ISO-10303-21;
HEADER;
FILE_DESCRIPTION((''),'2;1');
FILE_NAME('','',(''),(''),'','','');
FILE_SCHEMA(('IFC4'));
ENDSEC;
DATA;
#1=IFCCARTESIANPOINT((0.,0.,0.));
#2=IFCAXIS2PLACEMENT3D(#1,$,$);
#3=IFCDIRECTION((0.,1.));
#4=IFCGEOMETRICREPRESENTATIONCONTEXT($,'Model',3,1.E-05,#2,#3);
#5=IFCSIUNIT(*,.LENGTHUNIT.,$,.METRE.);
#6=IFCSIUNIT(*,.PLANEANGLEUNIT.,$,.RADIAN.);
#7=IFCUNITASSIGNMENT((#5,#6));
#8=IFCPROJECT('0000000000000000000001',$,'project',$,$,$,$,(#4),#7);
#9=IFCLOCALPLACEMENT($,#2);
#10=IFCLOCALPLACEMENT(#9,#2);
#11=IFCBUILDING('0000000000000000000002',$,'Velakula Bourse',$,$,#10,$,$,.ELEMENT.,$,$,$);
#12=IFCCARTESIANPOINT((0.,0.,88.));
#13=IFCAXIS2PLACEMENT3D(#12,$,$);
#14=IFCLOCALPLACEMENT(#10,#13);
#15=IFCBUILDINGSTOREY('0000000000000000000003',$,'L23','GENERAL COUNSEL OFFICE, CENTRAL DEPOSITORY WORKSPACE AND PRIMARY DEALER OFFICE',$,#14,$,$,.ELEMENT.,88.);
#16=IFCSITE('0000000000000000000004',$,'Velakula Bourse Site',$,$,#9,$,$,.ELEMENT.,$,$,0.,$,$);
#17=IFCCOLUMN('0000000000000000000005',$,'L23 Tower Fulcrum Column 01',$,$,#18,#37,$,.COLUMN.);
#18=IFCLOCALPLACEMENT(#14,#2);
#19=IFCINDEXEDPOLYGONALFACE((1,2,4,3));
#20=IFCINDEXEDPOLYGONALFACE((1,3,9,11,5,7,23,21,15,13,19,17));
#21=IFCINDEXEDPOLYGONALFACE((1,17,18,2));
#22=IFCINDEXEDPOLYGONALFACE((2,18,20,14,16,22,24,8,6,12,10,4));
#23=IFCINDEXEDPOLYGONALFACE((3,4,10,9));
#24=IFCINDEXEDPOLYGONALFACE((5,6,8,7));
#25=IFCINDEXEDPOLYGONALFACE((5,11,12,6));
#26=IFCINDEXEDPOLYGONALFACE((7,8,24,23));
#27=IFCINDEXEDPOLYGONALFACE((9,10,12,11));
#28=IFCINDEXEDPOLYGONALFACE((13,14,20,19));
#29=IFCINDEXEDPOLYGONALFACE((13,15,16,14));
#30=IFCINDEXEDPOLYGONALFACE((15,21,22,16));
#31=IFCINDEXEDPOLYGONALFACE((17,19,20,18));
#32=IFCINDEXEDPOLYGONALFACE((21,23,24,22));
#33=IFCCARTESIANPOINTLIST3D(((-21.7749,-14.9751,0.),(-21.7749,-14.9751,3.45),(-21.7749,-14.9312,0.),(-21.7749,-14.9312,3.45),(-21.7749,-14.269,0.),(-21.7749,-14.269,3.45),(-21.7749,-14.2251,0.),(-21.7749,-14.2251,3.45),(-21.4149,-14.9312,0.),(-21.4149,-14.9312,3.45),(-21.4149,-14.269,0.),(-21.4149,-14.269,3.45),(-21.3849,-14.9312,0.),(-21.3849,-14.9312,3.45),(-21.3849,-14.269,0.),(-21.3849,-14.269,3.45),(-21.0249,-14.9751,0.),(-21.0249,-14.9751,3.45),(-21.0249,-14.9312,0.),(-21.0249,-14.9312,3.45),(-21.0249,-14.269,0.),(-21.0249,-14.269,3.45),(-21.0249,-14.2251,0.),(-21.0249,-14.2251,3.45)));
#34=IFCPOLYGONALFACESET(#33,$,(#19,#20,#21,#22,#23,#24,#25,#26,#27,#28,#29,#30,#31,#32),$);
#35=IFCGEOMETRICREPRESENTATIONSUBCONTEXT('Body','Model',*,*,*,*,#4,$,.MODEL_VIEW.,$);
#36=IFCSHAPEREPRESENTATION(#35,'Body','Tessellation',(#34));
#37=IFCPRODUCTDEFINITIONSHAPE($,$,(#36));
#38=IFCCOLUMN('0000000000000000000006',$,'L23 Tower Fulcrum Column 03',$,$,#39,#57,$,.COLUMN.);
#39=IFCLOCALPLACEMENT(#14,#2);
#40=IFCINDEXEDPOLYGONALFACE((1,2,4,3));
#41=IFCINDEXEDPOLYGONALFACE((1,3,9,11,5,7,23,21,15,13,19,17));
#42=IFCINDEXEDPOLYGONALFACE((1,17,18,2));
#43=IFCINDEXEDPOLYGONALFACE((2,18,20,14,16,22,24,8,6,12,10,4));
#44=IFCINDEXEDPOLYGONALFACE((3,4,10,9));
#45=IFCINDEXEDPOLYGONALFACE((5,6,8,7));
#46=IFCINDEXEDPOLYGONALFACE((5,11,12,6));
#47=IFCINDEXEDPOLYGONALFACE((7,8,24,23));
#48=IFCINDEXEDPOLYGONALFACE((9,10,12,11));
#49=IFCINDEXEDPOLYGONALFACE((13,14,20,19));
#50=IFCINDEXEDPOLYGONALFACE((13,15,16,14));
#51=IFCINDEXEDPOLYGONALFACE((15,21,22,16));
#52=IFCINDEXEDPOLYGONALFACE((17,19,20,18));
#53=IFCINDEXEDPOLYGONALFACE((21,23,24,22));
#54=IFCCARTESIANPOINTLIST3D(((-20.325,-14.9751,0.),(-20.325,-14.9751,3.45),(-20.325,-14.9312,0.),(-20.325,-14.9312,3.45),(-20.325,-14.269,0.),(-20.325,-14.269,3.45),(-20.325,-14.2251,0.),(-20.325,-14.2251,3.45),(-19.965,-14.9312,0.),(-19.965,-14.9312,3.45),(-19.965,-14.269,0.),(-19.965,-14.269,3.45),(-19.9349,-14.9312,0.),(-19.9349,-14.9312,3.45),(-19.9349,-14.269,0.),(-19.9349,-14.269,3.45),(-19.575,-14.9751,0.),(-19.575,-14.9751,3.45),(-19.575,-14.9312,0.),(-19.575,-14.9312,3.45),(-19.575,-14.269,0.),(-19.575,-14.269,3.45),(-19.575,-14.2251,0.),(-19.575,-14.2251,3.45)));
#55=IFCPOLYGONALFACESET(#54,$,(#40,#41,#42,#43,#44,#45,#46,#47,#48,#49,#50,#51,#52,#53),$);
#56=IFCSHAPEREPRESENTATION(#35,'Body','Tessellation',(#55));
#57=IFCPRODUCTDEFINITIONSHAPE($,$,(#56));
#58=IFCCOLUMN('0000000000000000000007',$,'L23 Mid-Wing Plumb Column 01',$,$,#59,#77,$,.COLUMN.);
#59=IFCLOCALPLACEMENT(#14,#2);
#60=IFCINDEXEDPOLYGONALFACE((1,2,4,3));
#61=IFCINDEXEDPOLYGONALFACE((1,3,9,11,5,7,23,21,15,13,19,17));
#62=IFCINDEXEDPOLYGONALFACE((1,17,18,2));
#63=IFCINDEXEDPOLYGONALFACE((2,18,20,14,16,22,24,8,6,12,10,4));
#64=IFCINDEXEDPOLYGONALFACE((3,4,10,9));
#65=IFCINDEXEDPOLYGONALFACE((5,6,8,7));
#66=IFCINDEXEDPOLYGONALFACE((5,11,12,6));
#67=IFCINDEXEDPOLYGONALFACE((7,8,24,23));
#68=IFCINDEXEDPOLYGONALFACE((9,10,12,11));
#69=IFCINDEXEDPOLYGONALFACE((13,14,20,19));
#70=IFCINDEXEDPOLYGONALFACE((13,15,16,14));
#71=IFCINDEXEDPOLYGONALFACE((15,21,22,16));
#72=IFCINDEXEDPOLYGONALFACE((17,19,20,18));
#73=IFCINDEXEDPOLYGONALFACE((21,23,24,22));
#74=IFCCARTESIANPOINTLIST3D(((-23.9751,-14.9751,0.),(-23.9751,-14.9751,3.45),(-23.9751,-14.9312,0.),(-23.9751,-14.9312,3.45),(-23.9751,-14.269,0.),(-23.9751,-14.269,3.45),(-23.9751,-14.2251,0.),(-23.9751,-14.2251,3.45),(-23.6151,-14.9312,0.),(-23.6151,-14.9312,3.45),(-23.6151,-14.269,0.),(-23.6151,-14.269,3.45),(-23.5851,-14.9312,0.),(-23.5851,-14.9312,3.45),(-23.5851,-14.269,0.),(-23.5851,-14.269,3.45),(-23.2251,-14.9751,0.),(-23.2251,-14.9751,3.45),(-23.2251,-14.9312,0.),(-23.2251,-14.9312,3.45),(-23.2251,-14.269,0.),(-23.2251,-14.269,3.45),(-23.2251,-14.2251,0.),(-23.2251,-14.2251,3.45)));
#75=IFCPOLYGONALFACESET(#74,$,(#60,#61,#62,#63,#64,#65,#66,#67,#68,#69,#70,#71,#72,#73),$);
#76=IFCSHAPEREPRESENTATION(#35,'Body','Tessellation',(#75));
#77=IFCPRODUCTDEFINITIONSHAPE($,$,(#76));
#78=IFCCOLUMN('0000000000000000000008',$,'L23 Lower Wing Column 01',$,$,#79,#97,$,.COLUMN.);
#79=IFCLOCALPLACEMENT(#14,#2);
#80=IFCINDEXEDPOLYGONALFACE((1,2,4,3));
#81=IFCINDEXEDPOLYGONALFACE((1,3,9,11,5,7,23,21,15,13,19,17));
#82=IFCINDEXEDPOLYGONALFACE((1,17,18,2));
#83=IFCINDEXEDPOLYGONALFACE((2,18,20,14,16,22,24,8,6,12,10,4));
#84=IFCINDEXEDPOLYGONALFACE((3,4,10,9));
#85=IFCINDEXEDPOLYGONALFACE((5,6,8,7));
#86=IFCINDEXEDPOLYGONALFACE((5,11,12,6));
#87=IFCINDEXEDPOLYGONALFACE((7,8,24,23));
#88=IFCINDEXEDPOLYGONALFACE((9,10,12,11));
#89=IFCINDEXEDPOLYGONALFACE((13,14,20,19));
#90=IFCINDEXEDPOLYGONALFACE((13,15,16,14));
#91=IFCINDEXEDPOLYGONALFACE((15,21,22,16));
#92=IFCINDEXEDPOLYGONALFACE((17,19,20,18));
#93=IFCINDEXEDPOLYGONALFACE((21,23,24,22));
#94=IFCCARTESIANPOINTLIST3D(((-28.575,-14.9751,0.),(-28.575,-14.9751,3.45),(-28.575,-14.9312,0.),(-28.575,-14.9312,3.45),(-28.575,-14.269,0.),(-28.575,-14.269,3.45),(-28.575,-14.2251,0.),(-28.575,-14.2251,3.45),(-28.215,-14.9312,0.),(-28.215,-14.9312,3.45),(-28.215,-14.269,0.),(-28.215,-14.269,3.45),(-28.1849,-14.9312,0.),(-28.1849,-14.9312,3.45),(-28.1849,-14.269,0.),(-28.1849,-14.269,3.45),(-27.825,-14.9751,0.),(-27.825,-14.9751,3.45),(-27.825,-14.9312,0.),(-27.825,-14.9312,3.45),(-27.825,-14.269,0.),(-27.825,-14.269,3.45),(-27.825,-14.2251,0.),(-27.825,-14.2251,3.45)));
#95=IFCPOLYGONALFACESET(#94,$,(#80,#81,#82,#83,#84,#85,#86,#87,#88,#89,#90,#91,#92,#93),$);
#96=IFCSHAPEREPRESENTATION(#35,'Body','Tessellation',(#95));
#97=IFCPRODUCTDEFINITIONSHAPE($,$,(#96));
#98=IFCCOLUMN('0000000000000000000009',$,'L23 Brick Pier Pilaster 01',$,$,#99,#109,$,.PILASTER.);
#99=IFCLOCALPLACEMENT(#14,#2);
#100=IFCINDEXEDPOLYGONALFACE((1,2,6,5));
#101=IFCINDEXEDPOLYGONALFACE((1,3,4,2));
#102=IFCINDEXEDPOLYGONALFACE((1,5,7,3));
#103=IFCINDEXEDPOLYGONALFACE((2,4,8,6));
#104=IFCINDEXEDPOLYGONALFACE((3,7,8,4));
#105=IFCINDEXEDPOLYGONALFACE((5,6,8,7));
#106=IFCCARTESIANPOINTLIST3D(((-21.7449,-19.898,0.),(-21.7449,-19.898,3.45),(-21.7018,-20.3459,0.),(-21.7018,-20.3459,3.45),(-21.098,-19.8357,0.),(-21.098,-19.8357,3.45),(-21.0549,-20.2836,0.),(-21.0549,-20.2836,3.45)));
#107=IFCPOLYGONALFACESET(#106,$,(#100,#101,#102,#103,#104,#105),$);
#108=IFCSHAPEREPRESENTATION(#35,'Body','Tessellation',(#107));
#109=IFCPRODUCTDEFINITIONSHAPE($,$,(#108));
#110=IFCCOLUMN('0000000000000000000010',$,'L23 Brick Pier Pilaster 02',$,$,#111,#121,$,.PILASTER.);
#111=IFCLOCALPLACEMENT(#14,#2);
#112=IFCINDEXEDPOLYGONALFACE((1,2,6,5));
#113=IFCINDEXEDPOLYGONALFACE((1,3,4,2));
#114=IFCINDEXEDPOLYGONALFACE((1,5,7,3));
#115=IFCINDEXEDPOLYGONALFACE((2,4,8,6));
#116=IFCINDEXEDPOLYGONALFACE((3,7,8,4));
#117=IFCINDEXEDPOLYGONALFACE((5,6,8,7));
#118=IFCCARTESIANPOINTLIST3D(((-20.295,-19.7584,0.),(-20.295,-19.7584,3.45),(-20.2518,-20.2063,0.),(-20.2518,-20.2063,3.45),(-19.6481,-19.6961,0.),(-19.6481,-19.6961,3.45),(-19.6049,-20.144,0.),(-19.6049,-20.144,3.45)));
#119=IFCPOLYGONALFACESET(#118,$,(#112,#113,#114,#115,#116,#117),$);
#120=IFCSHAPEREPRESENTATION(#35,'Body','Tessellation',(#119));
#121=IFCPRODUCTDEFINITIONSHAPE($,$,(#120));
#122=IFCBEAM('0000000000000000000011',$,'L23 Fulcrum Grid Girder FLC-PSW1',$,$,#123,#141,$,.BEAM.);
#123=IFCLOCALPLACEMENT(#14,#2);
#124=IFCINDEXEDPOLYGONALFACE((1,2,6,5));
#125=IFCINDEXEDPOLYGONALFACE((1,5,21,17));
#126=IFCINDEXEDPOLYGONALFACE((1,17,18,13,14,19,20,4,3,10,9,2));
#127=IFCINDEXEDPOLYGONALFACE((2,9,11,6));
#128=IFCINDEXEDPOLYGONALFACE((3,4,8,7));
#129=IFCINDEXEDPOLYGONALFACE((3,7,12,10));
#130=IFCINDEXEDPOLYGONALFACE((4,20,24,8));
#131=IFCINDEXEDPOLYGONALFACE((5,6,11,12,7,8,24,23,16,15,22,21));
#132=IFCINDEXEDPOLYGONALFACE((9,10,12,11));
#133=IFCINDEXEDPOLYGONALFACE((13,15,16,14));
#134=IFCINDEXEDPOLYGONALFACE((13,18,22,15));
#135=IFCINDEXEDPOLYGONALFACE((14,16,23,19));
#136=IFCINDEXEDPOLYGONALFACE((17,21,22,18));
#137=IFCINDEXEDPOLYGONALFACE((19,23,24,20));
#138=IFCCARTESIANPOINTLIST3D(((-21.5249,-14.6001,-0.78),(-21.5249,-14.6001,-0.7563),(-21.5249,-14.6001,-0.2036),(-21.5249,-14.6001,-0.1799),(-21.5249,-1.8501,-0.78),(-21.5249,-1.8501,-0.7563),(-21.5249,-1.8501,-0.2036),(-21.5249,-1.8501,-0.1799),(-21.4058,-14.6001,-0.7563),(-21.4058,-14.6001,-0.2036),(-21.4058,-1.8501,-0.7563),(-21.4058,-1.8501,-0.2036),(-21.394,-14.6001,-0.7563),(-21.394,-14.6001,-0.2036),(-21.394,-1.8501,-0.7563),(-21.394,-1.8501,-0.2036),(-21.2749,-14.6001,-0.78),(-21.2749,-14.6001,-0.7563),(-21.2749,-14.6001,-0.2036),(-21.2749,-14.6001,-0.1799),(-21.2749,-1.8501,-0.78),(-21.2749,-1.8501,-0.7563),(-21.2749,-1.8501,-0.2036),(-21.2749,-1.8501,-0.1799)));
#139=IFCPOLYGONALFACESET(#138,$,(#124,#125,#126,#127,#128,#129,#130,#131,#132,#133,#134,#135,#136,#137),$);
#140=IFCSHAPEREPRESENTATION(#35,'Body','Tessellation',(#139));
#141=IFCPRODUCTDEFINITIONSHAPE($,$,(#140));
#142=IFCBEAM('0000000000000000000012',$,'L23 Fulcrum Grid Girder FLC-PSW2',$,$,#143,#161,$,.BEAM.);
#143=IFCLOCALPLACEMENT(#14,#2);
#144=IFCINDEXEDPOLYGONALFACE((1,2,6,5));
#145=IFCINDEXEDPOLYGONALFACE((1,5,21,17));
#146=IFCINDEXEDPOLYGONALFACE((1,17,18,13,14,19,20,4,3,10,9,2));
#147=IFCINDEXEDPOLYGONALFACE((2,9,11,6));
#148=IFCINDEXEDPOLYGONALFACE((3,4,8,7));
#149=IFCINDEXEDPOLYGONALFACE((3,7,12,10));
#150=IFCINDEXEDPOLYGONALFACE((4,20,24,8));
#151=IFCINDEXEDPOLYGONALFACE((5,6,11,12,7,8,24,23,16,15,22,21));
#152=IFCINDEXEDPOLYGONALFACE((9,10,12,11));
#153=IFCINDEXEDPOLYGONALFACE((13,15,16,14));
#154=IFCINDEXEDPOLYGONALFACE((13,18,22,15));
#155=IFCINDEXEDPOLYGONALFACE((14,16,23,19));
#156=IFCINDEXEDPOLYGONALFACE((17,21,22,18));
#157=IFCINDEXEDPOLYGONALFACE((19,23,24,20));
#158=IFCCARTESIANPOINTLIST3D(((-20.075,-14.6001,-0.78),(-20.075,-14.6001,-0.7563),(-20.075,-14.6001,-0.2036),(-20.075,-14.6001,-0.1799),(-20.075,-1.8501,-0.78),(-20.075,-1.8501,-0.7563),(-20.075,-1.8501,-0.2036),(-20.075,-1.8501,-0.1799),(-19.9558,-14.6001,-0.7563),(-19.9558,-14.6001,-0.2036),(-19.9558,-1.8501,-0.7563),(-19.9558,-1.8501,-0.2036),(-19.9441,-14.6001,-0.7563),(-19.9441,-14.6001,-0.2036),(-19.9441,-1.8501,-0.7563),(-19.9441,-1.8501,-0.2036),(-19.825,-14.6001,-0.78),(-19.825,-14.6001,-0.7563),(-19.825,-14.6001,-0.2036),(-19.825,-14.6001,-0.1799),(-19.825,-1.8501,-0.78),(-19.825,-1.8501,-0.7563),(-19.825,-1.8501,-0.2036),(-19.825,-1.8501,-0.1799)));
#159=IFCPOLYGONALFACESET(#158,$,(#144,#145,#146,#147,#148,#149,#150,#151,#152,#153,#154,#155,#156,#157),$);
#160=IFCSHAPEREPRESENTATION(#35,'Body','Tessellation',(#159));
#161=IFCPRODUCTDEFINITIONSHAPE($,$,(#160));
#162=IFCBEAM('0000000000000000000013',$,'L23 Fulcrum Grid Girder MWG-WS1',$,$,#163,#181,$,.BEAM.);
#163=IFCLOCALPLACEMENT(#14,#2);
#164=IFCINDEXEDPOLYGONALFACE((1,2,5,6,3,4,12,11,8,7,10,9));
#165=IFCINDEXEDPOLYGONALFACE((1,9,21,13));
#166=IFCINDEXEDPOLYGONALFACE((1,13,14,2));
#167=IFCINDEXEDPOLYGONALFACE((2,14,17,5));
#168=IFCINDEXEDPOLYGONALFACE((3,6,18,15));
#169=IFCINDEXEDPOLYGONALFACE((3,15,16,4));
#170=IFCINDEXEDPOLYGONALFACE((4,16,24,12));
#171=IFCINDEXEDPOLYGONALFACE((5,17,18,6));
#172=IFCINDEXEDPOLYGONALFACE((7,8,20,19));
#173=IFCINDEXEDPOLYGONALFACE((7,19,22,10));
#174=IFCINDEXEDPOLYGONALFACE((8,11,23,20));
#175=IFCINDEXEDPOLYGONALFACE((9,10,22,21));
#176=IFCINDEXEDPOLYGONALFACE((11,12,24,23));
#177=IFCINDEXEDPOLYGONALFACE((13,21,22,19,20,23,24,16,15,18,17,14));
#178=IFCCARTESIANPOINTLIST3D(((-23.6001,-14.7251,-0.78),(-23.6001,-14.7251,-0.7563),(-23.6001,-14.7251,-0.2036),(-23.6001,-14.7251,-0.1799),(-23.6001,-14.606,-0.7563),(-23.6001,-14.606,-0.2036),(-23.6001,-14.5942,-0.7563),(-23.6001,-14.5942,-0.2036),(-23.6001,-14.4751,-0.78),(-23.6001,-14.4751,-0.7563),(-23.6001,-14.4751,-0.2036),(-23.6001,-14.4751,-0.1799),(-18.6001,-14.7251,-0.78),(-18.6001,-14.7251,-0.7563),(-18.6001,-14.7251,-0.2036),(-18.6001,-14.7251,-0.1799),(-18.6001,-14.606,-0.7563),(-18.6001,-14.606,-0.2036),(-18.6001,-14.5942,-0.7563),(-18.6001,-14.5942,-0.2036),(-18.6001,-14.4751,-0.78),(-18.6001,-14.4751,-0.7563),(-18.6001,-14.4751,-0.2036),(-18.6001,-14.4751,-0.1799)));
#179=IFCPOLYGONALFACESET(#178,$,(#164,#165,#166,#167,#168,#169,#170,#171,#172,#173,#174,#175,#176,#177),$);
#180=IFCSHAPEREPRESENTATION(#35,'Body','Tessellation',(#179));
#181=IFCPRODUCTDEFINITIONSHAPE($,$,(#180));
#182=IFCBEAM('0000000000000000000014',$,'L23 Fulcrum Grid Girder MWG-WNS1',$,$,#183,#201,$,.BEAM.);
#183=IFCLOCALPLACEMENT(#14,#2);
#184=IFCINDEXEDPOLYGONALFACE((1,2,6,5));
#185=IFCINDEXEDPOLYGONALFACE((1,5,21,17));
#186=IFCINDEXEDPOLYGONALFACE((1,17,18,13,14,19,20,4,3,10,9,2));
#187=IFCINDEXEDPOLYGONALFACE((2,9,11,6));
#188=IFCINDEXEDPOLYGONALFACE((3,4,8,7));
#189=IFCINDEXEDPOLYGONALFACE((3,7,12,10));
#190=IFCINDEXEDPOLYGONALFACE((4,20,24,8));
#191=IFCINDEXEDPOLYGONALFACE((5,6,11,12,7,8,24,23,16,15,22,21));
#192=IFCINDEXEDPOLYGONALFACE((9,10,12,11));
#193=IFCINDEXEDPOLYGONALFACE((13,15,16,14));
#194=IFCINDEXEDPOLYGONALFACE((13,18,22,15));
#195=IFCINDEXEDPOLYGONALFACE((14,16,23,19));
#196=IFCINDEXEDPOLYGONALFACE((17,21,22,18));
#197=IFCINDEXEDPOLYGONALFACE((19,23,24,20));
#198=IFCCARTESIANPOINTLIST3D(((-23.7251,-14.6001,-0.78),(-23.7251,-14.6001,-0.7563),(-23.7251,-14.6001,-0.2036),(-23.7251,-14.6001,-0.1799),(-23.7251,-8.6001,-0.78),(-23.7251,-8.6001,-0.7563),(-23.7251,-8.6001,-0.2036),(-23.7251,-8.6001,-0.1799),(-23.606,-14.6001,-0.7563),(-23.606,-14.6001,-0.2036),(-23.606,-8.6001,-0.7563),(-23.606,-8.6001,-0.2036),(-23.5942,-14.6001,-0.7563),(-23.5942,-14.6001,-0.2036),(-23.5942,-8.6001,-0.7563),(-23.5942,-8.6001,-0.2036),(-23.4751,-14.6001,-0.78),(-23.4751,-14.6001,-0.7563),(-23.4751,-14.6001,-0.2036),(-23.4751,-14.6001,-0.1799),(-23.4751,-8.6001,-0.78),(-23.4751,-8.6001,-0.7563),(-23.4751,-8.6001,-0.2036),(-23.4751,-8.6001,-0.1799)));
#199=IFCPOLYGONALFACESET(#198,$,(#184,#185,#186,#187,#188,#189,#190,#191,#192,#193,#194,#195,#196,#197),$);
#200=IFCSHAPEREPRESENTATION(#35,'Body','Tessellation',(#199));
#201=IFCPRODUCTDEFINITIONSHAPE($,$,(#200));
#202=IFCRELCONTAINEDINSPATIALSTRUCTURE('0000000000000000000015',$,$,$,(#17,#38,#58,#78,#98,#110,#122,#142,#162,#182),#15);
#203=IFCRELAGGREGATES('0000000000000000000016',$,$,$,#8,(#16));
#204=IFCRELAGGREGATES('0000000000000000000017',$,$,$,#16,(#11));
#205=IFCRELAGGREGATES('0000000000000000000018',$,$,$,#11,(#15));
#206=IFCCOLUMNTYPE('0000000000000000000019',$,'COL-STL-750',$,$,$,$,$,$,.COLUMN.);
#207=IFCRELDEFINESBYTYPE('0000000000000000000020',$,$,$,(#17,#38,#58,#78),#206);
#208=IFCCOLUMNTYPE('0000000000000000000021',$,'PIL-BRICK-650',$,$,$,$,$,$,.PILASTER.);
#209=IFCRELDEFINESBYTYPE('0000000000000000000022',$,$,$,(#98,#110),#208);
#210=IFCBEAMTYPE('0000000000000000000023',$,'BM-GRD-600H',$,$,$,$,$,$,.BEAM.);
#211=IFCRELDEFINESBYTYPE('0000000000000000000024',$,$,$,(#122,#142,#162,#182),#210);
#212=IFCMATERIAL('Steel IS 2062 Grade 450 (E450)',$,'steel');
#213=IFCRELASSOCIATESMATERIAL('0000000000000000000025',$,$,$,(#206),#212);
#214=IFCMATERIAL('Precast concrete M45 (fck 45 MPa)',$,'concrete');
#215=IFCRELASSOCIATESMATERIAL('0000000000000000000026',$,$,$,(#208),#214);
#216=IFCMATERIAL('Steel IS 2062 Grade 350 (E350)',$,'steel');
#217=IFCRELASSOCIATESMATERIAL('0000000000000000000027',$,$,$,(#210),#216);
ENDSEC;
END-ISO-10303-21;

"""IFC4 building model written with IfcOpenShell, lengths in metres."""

from ifc_helpers import new_model, si_unit, direction, frame, origin, origin_2d, place, context, subcontext, project, spatial, rectangle, i_section, extrude, material, material_profile, profile_set, type_object, element, save


model = new_model("IFC4")

# Units and contexts
model_context = context("Model", 3, precision=1e-05, world=origin(), true_north=direction((0.0, 1.0)))
body_context = subcontext(model_context, "Body", "Model", "MODEL_VIEW")
ifc_project = project(units=[si_unit("LENGTHUNIT", "METRE"), si_unit("PLANEANGLEUNIT", "RADIAN")], contexts=[model_context])

# Site, building, storey
site_placement = place(None, origin())
site = spatial("IfcSite", under=ifc_project, at=site_placement, Name="Velakula Bourse Site", CompositionType="ELEMENT", RefElevation=0.0)
building_placement = place(site_placement, origin())
building = spatial("IfcBuilding", under=site, at=building_placement, Name="Velakula Bourse", CompositionType="ELEMENT")
storey_placement = place(building_placement, frame((0.0, 0.0, 88.0)))
storey = spatial("IfcBuildingStorey", under=building, at=storey_placement, Name="L23", Description="GENERAL COUNSEL OFFICE, CENTRAL DEPOSITORY WORKSPACE AND PRIMARY DEALER OFFICE", CompositionType="ELEMENT", Elevation=88.0)

# Columns
ifc_material_1 = material(Name="Steel IS 2062 Grade 450 (E450)", Category="steel")
ifc_material_profile_1 = material_profile(ifc_material_1, i_section(OverallWidth=0.75, OverallDepth=0.75, WebThickness=0.03, FlangeThickness=0.0439, at=origin_2d()), Name="Steel IS 2062 Grade 450 (E450)")
ifc_profile_set_1 = profile_set([ifc_material_profile_1], Name="Steel IS 2062 Grade 450 (E450)")
column_type_1 = type_object("IfcColumnType", Name="COL-STL-750", PredefinedType="COLUMN", material=ifc_profile_set_1)
for number, where, z_axis, x_axis, name in (
    (1, (-21.3999, -14.6001, 0.0), (0.0, 0.0, 1.0), (1.0, 0.0, 0.0), "L23 Tower Fulcrum Column 01"),
    (2, (-19.95, -14.6001, 0.0), (0.0, 0.0, 1.0), (1.0, 0.0, 0.0), "L23 Tower Fulcrum Column 03"),
    (3, (-23.6001, -14.6001, 0.0), (0.0, 0.0, 1.0), (1.0, 0.0, 0.0), "L23 Mid-Wing Plumb Column 01"),
    (4, (-28.2, -14.6001, 0.0), (0.0, 0.0, 1.0), (1.0, 0.0, 0.0), "L23 Lower Wing Column 01"),
):
    element("IfcColumn", number, at=place(storey_placement, frame(where, z_axis=z_axis, x_axis=x_axis)), inside=storey, type_object=column_type_1, Name=name, PredefinedType="COLUMN", context=body_context, shape_type="SweptSolid", body=[
        extrude(i_section(OverallWidth=0.75, OverallDepth=0.75, WebThickness=0.03, FlangeThickness=0.0439, at=origin_2d()), origin(), (0.0, 0.0, 1.0), 3.45),
    ])
ifc_material_2 = material(Name="Precast concrete M45 (fck 45 MPa)", Category="concrete")
ifc_material_profile_2 = material_profile(ifc_material_2, rectangle(XDim=0.6499, YDim=0.45, at=origin_2d()), Name="Precast concrete M45 (fck 45 MPa)")
ifc_profile_set_2 = profile_set([ifc_material_profile_2], Name="Precast concrete M45 (fck 45 MPa)")
column_type_2 = type_object("IfcColumnType", Name="PIL-BRICK-650", PredefinedType="PILASTER", material=ifc_profile_set_2)
for number, where, z_axis, x_axis, name in (
    (5, (-21.3999, -20.0908, 0.0), (0.0, 0.0, 1.0), (0.995396, 0.095846, 0.0), "L23 Brick Pier Pilaster 01"),
    (6, (-19.95, -19.9512, 0.0), (0.0, 0.0, 1.0), (0.995396, 0.095846, 0.0), "L23 Brick Pier Pilaster 02"),
):
    element("IfcColumn", number, at=place(storey_placement, frame(where, z_axis=z_axis, x_axis=x_axis)), inside=storey, type_object=column_type_2, Name=name, PredefinedType="PILASTER", context=body_context, shape_type="SweptSolid", body=[
        extrude(rectangle(XDim=0.6499, YDim=0.45, at=origin_2d()), origin(), (0.0, 0.0, 1.0), 3.45),
    ])

# Beams
ifc_material_3 = material(Name="Steel IS 2062 Grade 350 (E350)", Category="steel")
ifc_material_profile_3 = material_profile(ifc_material_3, i_section(OverallWidth=0.25, OverallDepth=0.6001, WebThickness=0.0117, FlangeThickness=0.0237, at=origin_2d()), Name="Steel IS 2062 Grade 350 (E350)")
ifc_profile_set_3 = profile_set([ifc_material_profile_3], Name="Steel IS 2062 Grade 350 (E350)")
beam_type_1 = type_object("IfcBeamType", Name="BM-GRD-600H", PredefinedType="BEAM", material=ifc_profile_set_3)
for number, where, z_axis, x_axis, name in (
    (7, (-21.3999, -14.6001, -0.48), (0.0, 1.0, 0.0), (-1.0, 0.0, 0.0), "L23 Fulcrum Grid Girder FLC-PSW1"),
    (8, (-19.95, -14.6001, -0.48), (0.0, 1.0, 0.0), (-1.0, 0.0, 0.0), "L23 Fulcrum Grid Girder FLC-PSW2"),
):
    element("IfcBeam", number, at=place(storey_placement, frame(where, z_axis=z_axis, x_axis=x_axis)), inside=storey, type_object=beam_type_1, Name=name, PredefinedType="BEAM", context=body_context, shape_type="SweptSolid", body=[
        extrude(i_section(OverallWidth=0.25, OverallDepth=0.6001, WebThickness=0.0117, FlangeThickness=0.0237, at=origin_2d()), origin(), (0.0, 0.0, 1.0), 12.75),
    ])
beam_1_placement = place(storey_placement, frame((-23.6001, -14.6001, -0.48), z_axis=(1.0, 0.0, 0.0), x_axis=(0.0, 1.0, 0.0)))
element("IfcBeam", 9, at=beam_1_placement, inside=storey, type_object=beam_type_1, Name="L23 Fulcrum Grid Girder MWG-WS1", PredefinedType="BEAM", context=body_context, shape_type="SweptSolid", body=[
    extrude(i_section(OverallWidth=0.25, OverallDepth=0.6001, WebThickness=0.0117, FlangeThickness=0.0237, at=origin_2d()), origin(), (0.0, 0.0, 1.0), 5.0),
])
beam_2_placement = place(storey_placement, frame((-23.6001, -14.6001, -0.48), z_axis=(0.0, 1.0, 0.0), x_axis=(-1.0, 0.0, 0.0)))
element("IfcBeam", 10, at=beam_2_placement, inside=storey, type_object=beam_type_1, Name="L23 Fulcrum Grid Girder MWG-WNS1", PredefinedType="BEAM", context=body_context, shape_type="SweptSolid", body=[
    extrude(i_section(OverallWidth=0.25, OverallDepth=0.6001, WebThickness=0.0117, FlangeThickness=0.0237, at=origin_2d()), origin(), (0.0, 0.0, 1.0), 6.0),
])

save(model, "model.ifc")
